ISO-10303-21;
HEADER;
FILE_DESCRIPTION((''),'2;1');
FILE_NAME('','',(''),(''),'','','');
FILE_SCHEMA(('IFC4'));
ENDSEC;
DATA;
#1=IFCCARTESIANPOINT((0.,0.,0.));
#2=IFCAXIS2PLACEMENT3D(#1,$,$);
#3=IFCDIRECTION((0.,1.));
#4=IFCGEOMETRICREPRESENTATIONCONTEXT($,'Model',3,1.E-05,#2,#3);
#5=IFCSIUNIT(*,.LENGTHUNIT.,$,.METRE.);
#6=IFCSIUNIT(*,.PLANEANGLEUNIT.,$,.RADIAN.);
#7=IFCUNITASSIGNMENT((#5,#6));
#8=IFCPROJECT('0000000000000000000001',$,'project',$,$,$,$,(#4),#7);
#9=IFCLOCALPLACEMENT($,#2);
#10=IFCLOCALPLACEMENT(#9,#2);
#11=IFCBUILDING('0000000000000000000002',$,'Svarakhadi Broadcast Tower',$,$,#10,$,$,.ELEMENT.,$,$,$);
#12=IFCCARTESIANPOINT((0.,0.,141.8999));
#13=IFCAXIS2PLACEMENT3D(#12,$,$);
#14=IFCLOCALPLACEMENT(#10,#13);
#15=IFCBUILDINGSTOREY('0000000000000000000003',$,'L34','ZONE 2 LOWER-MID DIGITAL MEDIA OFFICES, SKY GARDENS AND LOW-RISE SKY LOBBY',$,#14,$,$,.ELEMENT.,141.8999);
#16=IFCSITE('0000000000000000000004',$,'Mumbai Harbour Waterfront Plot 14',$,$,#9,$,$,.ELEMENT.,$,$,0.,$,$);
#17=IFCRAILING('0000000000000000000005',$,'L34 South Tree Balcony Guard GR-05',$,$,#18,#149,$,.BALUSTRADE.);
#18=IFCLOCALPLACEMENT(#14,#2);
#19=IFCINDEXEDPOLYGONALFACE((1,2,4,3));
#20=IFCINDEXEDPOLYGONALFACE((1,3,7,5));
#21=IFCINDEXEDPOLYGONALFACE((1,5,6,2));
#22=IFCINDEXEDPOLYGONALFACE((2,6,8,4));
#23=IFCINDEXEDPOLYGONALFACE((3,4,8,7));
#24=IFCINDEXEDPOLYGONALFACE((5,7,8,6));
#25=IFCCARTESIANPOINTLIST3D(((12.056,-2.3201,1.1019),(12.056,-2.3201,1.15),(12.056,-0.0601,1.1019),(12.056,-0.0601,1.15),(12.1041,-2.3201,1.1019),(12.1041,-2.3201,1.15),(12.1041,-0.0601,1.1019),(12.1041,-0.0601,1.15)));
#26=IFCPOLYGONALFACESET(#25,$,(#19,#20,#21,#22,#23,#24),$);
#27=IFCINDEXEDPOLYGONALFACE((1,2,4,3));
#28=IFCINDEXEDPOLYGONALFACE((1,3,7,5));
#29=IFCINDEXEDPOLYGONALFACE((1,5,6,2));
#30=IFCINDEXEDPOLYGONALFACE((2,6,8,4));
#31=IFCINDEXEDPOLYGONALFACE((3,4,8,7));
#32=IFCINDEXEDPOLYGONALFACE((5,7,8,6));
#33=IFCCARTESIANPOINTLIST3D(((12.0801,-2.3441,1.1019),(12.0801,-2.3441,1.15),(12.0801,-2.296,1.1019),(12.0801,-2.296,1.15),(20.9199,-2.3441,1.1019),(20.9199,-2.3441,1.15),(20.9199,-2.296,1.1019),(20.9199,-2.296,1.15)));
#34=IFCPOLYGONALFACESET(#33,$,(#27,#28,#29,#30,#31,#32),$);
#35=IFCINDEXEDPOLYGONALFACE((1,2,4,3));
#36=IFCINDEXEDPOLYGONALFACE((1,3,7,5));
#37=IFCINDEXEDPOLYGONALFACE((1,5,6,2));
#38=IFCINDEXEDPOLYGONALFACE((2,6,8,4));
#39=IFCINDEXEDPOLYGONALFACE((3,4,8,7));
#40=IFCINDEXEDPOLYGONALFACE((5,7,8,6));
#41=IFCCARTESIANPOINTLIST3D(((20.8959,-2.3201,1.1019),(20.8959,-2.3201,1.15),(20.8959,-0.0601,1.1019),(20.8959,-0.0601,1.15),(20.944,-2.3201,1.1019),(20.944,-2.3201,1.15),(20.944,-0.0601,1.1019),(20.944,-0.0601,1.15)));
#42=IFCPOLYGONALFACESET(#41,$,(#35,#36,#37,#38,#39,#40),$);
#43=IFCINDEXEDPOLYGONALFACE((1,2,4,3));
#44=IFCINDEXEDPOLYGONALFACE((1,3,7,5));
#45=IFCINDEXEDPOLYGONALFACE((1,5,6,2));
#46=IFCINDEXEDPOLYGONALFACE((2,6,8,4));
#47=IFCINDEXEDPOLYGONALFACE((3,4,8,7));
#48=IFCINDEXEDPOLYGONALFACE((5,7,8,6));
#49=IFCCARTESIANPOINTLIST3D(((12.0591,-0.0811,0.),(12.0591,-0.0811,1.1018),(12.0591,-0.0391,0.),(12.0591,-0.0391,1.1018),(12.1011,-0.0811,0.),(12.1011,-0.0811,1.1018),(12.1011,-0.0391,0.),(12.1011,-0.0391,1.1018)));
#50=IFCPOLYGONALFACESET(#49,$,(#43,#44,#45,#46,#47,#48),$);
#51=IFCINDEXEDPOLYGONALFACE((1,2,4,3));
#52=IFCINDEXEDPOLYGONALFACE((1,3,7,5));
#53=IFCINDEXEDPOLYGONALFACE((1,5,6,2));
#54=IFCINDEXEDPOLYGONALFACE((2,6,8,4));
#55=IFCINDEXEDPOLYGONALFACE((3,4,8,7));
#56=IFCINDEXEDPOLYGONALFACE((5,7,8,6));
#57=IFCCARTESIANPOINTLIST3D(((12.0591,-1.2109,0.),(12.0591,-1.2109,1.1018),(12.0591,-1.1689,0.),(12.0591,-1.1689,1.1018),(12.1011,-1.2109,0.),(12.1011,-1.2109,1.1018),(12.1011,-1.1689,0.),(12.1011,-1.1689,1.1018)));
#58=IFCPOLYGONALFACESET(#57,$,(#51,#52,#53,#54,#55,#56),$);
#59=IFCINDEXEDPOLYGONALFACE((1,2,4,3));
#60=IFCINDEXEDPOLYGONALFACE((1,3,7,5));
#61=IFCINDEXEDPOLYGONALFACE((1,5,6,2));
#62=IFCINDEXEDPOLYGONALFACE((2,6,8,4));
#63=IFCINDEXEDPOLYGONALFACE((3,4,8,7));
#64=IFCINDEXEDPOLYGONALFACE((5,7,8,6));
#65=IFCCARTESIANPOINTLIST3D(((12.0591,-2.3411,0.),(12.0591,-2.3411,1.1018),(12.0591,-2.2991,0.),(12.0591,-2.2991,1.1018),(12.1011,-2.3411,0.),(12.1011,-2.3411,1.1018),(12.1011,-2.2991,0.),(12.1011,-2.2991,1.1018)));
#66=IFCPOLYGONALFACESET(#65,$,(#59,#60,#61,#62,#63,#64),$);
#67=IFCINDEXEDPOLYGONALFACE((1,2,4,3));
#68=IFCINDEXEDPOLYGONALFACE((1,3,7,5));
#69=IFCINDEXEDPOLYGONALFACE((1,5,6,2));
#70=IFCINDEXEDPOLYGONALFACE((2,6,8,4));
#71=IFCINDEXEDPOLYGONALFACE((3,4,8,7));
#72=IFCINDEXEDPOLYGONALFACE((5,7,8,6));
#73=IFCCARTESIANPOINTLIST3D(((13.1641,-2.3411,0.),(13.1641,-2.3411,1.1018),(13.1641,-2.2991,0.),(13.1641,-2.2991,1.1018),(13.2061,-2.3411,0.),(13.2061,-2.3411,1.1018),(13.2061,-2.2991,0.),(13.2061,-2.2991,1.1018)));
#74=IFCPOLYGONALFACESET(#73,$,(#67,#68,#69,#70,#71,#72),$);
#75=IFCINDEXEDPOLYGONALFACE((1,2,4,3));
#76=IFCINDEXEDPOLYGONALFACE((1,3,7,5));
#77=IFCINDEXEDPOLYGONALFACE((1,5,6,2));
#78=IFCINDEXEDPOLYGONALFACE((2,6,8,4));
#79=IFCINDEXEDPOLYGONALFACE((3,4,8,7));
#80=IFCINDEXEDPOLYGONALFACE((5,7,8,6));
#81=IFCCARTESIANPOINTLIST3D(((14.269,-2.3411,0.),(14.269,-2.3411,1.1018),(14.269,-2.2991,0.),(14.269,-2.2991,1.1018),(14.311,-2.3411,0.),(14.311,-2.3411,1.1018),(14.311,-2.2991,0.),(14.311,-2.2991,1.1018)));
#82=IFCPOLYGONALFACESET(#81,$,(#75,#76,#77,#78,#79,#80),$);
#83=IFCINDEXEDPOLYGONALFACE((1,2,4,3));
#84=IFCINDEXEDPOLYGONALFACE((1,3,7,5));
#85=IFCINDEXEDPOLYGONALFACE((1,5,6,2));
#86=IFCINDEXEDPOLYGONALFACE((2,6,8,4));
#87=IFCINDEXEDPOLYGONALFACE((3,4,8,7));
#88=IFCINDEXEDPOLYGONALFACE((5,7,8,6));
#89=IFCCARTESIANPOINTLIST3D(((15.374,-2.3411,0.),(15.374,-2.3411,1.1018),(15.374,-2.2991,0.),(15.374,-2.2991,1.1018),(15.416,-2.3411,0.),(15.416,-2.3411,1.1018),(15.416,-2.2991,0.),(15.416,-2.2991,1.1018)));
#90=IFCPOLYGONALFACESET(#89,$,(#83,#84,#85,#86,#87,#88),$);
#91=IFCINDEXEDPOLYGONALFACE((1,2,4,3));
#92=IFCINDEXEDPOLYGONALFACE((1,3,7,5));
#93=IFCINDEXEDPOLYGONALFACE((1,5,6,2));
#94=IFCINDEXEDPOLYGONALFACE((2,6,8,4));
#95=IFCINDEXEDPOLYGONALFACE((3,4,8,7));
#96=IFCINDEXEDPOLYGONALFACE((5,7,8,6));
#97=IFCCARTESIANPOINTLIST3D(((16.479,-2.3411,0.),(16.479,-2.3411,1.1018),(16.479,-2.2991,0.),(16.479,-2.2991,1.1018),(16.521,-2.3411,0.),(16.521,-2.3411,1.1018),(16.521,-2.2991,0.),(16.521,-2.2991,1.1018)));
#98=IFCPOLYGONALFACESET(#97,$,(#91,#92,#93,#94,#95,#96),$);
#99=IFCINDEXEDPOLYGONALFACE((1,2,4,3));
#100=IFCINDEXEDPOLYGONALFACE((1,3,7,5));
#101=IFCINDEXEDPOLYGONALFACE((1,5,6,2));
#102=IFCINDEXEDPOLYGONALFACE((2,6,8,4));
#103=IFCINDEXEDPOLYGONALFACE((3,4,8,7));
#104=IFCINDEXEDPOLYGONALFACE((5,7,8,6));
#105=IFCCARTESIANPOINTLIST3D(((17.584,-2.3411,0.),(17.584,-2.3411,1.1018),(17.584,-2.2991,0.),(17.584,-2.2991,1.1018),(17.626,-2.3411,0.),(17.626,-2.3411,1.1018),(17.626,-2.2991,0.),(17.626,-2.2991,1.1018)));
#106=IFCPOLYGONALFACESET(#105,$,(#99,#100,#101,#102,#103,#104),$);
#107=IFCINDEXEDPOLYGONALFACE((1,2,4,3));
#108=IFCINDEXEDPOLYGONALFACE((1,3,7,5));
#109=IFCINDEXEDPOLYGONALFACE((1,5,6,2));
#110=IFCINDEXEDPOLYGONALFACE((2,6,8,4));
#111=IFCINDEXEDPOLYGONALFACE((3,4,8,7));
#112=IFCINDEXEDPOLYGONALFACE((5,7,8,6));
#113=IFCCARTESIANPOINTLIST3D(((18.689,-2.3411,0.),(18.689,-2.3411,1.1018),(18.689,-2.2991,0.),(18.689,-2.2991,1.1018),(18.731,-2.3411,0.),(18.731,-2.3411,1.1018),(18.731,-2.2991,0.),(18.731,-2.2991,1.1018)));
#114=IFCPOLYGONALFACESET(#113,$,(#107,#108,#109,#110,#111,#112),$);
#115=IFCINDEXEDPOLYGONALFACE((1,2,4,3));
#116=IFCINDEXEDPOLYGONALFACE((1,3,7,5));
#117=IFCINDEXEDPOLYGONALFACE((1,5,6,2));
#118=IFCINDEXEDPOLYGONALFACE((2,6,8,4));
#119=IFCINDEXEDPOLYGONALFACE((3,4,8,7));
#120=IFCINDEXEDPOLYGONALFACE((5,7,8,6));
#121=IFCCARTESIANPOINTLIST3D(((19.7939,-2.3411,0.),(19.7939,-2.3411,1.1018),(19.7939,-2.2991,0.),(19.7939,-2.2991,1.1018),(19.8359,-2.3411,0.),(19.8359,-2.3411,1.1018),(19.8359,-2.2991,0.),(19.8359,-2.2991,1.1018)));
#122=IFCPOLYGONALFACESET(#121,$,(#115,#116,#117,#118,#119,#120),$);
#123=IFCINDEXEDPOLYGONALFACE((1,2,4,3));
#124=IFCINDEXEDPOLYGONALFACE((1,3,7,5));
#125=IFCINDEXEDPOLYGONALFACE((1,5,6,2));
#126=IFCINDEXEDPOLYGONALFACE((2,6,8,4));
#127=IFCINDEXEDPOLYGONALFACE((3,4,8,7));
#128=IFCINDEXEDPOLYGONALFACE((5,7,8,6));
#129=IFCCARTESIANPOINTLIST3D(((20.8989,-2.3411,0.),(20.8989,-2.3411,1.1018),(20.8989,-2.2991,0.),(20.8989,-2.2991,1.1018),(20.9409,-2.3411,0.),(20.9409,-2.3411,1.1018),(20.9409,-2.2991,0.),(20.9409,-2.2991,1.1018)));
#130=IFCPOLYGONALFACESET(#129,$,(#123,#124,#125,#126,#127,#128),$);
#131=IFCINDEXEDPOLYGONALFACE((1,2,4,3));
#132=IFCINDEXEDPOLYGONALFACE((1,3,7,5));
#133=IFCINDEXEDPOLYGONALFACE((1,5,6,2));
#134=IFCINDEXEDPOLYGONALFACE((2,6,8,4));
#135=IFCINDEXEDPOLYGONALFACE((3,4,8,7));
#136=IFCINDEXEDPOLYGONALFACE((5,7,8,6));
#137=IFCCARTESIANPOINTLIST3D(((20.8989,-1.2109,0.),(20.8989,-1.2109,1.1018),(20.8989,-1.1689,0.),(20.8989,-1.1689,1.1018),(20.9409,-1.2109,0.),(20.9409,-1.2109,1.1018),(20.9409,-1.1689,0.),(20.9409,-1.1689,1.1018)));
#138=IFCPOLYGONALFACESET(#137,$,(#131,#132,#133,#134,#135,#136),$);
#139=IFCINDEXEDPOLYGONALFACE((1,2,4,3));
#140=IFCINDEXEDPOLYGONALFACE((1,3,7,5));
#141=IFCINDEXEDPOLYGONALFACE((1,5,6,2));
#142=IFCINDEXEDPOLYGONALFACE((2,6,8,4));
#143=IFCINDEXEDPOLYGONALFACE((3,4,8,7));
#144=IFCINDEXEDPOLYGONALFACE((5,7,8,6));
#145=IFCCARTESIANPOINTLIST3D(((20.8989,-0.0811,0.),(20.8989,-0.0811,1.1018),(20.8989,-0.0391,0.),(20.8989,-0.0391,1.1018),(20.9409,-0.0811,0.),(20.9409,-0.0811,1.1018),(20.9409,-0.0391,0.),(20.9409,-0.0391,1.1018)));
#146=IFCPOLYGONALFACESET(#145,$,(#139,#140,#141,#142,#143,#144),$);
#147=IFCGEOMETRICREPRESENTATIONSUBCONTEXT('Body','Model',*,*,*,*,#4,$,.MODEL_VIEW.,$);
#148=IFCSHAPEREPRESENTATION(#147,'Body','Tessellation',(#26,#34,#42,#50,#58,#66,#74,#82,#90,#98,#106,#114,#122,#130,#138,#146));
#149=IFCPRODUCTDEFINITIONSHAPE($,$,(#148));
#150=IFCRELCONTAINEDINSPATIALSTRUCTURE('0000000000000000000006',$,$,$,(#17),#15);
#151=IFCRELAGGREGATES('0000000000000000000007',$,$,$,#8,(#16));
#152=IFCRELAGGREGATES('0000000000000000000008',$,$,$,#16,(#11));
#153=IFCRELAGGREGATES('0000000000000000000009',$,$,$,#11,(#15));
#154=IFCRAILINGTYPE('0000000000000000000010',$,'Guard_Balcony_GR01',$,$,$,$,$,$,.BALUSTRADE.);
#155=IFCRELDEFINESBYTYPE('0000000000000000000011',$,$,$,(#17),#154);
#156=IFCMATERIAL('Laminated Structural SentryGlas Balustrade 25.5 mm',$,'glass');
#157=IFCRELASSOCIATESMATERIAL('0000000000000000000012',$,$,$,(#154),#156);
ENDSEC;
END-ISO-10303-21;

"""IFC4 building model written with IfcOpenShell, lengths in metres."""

from ifc_helpers import new_model, si_unit, direction, frame, origin, origin_2d, place, context, subcontext, project, spatial, rectangle, extrude, material, type_object, element, save


model = new_model("IFC4")

# Units and contexts
model_context = context("Model", 3, precision=1e-05, world=origin(), true_north=direction((0.0, 1.0)))
body_context = subcontext(model_context, "Body", "Model", "MODEL_VIEW")
ifc_project = project(units=[si_unit("LENGTHUNIT", "METRE"), si_unit("PLANEANGLEUNIT", "RADIAN")], contexts=[model_context])

# Site, building, storey
site_placement = place(None, origin())
site = spatial("IfcSite", under=ifc_project, at=site_placement, Name="Mumbai Harbour Waterfront Plot 14", CompositionType="ELEMENT", RefElevation=0.0)
building_placement = place(site_placement, origin())
building = spatial("IfcBuilding", under=site, at=building_placement, Name="Svarakhadi Broadcast Tower", CompositionType="ELEMENT")
storey_placement = place(building_placement, frame((0.0, 0.0, 141.8999)))
storey = spatial("IfcBuildingStorey", under=building, at=storey_placement, Name="L34", Description="ZONE 2 LOWER-MID DIGITAL MEDIA OFFICES, SKY GARDENS AND LOW-RISE SKY LOBBY", CompositionType="ELEMENT", Elevation=141.8999)

# Railing
ifc_material_1 = material(Name="Laminated Structural SentryGlas Balustrade 25.5 mm", Category="glass")
railing_type = type_object("IfcRailingType", Name="Guard_Balcony_GR01", PredefinedType="BALUSTRADE", material=ifc_material_1)
railing_placement = place(storey_placement, frame((12.0801, -0.0601, 0.0)))
element("IfcRailing", 1, at=railing_placement, inside=storey, type_object=railing_type, Name="L34 South Tree Balcony Guard GR-05", PredefinedType="BALUSTRADE", context=body_context, shape_type="SweptSolid", body=[
    extrude(rectangle(XDim=0.0481, YDim=0.0481, at=origin_2d()), frame((0.0, 0.0, 1.126), z_axis=(0.0, -1.0, 0.0), x_axis=(1.0, 0.0, 0.0)), (0.0, 0.0, 1.0), 2.26),
    extrude(rectangle(XDim=0.0481, YDim=0.0481, at=origin_2d()), frame((0.0, -2.26, 1.126), z_axis=(1.0, 0.0, 0.0), x_axis=(0.0, 1.0, 0.0)), (0.0, 0.0, 1.0), 8.8398),
    extrude(rectangle(XDim=0.0481, YDim=0.0481, at=origin_2d()), frame((8.8398, -2.26, 1.126), z_axis=(0.0, 1.0, 0.0), x_axis=(-1.0, 0.0, 0.0)), (0.0, 0.0, 1.0), 2.26),
    extrude(rectangle(XDim=0.042, YDim=0.042, at=origin_2d()), origin(), (0.0, 0.0, 1.0), 1.1018),
    extrude(rectangle(XDim=0.042, YDim=0.042, at=origin_2d()), frame((0.0, -1.1299, 0.0)), (0.0, 0.0, 1.0), 1.1018),
    extrude(rectangle(XDim=0.042, YDim=0.042, at=origin_2d()), frame((0.0, -2.26, 0.0)), (0.0, 0.0, 1.0), 1.1018),
    extrude(rectangle(XDim=0.042, YDim=0.042, at=origin_2d()), frame((1.105, -2.26, 0.0)), (0.0, 0.0, 1.0), 1.1018),
    extrude(rectangle(XDim=0.042, YDim=0.042, at=origin_2d()), frame((2.21, -2.26, 0.0)), (0.0, 0.0, 1.0), 1.1018),
    extrude(rectangle(XDim=0.042, YDim=0.042, at=origin_2d()), frame((3.3149, -2.26, 0.0)), (0.0, 0.0, 1.0), 1.1018),
    extrude(rectangle(XDim=0.042, YDim=0.042, at=origin_2d()), frame((4.4199, -2.26, 0.0)), (0.0, 0.0, 1.0), 1.1018),
    extrude(rectangle(XDim=0.042, YDim=0.042, at=origin_2d()), frame((5.5249, -2.26, 0.0)), (0.0, 0.0, 1.0), 1.1018),
    extrude(rectangle(XDim=0.042, YDim=0.042, at=origin_2d()), frame((6.6299, -2.26, 0.0)), (0.0, 0.0, 1.0), 1.1018),
    extrude(rectangle(XDim=0.042, YDim=0.042, at=origin_2d()), frame((7.7349, -2.26, 0.0)), (0.0, 0.0, 1.0), 1.1018),
    extrude(rectangle(XDim=0.042, YDim=0.042, at=origin_2d()), frame((8.8398, -2.26, 0.0)), (0.0, 0.0, 1.0), 1.1018),
    extrude(rectangle(XDim=0.042, YDim=0.042, at=origin_2d()), frame((8.8398, -1.1299, 0.0)), (0.0, 0.0, 1.0), 1.1018),
    extrude(rectangle(XDim=0.042, YDim=0.042, at=origin_2d()), frame((8.8398, 0.0, 0.0)), (0.0, 0.0, 1.0), 1.1018),
])

save(model, "model.ifc")
